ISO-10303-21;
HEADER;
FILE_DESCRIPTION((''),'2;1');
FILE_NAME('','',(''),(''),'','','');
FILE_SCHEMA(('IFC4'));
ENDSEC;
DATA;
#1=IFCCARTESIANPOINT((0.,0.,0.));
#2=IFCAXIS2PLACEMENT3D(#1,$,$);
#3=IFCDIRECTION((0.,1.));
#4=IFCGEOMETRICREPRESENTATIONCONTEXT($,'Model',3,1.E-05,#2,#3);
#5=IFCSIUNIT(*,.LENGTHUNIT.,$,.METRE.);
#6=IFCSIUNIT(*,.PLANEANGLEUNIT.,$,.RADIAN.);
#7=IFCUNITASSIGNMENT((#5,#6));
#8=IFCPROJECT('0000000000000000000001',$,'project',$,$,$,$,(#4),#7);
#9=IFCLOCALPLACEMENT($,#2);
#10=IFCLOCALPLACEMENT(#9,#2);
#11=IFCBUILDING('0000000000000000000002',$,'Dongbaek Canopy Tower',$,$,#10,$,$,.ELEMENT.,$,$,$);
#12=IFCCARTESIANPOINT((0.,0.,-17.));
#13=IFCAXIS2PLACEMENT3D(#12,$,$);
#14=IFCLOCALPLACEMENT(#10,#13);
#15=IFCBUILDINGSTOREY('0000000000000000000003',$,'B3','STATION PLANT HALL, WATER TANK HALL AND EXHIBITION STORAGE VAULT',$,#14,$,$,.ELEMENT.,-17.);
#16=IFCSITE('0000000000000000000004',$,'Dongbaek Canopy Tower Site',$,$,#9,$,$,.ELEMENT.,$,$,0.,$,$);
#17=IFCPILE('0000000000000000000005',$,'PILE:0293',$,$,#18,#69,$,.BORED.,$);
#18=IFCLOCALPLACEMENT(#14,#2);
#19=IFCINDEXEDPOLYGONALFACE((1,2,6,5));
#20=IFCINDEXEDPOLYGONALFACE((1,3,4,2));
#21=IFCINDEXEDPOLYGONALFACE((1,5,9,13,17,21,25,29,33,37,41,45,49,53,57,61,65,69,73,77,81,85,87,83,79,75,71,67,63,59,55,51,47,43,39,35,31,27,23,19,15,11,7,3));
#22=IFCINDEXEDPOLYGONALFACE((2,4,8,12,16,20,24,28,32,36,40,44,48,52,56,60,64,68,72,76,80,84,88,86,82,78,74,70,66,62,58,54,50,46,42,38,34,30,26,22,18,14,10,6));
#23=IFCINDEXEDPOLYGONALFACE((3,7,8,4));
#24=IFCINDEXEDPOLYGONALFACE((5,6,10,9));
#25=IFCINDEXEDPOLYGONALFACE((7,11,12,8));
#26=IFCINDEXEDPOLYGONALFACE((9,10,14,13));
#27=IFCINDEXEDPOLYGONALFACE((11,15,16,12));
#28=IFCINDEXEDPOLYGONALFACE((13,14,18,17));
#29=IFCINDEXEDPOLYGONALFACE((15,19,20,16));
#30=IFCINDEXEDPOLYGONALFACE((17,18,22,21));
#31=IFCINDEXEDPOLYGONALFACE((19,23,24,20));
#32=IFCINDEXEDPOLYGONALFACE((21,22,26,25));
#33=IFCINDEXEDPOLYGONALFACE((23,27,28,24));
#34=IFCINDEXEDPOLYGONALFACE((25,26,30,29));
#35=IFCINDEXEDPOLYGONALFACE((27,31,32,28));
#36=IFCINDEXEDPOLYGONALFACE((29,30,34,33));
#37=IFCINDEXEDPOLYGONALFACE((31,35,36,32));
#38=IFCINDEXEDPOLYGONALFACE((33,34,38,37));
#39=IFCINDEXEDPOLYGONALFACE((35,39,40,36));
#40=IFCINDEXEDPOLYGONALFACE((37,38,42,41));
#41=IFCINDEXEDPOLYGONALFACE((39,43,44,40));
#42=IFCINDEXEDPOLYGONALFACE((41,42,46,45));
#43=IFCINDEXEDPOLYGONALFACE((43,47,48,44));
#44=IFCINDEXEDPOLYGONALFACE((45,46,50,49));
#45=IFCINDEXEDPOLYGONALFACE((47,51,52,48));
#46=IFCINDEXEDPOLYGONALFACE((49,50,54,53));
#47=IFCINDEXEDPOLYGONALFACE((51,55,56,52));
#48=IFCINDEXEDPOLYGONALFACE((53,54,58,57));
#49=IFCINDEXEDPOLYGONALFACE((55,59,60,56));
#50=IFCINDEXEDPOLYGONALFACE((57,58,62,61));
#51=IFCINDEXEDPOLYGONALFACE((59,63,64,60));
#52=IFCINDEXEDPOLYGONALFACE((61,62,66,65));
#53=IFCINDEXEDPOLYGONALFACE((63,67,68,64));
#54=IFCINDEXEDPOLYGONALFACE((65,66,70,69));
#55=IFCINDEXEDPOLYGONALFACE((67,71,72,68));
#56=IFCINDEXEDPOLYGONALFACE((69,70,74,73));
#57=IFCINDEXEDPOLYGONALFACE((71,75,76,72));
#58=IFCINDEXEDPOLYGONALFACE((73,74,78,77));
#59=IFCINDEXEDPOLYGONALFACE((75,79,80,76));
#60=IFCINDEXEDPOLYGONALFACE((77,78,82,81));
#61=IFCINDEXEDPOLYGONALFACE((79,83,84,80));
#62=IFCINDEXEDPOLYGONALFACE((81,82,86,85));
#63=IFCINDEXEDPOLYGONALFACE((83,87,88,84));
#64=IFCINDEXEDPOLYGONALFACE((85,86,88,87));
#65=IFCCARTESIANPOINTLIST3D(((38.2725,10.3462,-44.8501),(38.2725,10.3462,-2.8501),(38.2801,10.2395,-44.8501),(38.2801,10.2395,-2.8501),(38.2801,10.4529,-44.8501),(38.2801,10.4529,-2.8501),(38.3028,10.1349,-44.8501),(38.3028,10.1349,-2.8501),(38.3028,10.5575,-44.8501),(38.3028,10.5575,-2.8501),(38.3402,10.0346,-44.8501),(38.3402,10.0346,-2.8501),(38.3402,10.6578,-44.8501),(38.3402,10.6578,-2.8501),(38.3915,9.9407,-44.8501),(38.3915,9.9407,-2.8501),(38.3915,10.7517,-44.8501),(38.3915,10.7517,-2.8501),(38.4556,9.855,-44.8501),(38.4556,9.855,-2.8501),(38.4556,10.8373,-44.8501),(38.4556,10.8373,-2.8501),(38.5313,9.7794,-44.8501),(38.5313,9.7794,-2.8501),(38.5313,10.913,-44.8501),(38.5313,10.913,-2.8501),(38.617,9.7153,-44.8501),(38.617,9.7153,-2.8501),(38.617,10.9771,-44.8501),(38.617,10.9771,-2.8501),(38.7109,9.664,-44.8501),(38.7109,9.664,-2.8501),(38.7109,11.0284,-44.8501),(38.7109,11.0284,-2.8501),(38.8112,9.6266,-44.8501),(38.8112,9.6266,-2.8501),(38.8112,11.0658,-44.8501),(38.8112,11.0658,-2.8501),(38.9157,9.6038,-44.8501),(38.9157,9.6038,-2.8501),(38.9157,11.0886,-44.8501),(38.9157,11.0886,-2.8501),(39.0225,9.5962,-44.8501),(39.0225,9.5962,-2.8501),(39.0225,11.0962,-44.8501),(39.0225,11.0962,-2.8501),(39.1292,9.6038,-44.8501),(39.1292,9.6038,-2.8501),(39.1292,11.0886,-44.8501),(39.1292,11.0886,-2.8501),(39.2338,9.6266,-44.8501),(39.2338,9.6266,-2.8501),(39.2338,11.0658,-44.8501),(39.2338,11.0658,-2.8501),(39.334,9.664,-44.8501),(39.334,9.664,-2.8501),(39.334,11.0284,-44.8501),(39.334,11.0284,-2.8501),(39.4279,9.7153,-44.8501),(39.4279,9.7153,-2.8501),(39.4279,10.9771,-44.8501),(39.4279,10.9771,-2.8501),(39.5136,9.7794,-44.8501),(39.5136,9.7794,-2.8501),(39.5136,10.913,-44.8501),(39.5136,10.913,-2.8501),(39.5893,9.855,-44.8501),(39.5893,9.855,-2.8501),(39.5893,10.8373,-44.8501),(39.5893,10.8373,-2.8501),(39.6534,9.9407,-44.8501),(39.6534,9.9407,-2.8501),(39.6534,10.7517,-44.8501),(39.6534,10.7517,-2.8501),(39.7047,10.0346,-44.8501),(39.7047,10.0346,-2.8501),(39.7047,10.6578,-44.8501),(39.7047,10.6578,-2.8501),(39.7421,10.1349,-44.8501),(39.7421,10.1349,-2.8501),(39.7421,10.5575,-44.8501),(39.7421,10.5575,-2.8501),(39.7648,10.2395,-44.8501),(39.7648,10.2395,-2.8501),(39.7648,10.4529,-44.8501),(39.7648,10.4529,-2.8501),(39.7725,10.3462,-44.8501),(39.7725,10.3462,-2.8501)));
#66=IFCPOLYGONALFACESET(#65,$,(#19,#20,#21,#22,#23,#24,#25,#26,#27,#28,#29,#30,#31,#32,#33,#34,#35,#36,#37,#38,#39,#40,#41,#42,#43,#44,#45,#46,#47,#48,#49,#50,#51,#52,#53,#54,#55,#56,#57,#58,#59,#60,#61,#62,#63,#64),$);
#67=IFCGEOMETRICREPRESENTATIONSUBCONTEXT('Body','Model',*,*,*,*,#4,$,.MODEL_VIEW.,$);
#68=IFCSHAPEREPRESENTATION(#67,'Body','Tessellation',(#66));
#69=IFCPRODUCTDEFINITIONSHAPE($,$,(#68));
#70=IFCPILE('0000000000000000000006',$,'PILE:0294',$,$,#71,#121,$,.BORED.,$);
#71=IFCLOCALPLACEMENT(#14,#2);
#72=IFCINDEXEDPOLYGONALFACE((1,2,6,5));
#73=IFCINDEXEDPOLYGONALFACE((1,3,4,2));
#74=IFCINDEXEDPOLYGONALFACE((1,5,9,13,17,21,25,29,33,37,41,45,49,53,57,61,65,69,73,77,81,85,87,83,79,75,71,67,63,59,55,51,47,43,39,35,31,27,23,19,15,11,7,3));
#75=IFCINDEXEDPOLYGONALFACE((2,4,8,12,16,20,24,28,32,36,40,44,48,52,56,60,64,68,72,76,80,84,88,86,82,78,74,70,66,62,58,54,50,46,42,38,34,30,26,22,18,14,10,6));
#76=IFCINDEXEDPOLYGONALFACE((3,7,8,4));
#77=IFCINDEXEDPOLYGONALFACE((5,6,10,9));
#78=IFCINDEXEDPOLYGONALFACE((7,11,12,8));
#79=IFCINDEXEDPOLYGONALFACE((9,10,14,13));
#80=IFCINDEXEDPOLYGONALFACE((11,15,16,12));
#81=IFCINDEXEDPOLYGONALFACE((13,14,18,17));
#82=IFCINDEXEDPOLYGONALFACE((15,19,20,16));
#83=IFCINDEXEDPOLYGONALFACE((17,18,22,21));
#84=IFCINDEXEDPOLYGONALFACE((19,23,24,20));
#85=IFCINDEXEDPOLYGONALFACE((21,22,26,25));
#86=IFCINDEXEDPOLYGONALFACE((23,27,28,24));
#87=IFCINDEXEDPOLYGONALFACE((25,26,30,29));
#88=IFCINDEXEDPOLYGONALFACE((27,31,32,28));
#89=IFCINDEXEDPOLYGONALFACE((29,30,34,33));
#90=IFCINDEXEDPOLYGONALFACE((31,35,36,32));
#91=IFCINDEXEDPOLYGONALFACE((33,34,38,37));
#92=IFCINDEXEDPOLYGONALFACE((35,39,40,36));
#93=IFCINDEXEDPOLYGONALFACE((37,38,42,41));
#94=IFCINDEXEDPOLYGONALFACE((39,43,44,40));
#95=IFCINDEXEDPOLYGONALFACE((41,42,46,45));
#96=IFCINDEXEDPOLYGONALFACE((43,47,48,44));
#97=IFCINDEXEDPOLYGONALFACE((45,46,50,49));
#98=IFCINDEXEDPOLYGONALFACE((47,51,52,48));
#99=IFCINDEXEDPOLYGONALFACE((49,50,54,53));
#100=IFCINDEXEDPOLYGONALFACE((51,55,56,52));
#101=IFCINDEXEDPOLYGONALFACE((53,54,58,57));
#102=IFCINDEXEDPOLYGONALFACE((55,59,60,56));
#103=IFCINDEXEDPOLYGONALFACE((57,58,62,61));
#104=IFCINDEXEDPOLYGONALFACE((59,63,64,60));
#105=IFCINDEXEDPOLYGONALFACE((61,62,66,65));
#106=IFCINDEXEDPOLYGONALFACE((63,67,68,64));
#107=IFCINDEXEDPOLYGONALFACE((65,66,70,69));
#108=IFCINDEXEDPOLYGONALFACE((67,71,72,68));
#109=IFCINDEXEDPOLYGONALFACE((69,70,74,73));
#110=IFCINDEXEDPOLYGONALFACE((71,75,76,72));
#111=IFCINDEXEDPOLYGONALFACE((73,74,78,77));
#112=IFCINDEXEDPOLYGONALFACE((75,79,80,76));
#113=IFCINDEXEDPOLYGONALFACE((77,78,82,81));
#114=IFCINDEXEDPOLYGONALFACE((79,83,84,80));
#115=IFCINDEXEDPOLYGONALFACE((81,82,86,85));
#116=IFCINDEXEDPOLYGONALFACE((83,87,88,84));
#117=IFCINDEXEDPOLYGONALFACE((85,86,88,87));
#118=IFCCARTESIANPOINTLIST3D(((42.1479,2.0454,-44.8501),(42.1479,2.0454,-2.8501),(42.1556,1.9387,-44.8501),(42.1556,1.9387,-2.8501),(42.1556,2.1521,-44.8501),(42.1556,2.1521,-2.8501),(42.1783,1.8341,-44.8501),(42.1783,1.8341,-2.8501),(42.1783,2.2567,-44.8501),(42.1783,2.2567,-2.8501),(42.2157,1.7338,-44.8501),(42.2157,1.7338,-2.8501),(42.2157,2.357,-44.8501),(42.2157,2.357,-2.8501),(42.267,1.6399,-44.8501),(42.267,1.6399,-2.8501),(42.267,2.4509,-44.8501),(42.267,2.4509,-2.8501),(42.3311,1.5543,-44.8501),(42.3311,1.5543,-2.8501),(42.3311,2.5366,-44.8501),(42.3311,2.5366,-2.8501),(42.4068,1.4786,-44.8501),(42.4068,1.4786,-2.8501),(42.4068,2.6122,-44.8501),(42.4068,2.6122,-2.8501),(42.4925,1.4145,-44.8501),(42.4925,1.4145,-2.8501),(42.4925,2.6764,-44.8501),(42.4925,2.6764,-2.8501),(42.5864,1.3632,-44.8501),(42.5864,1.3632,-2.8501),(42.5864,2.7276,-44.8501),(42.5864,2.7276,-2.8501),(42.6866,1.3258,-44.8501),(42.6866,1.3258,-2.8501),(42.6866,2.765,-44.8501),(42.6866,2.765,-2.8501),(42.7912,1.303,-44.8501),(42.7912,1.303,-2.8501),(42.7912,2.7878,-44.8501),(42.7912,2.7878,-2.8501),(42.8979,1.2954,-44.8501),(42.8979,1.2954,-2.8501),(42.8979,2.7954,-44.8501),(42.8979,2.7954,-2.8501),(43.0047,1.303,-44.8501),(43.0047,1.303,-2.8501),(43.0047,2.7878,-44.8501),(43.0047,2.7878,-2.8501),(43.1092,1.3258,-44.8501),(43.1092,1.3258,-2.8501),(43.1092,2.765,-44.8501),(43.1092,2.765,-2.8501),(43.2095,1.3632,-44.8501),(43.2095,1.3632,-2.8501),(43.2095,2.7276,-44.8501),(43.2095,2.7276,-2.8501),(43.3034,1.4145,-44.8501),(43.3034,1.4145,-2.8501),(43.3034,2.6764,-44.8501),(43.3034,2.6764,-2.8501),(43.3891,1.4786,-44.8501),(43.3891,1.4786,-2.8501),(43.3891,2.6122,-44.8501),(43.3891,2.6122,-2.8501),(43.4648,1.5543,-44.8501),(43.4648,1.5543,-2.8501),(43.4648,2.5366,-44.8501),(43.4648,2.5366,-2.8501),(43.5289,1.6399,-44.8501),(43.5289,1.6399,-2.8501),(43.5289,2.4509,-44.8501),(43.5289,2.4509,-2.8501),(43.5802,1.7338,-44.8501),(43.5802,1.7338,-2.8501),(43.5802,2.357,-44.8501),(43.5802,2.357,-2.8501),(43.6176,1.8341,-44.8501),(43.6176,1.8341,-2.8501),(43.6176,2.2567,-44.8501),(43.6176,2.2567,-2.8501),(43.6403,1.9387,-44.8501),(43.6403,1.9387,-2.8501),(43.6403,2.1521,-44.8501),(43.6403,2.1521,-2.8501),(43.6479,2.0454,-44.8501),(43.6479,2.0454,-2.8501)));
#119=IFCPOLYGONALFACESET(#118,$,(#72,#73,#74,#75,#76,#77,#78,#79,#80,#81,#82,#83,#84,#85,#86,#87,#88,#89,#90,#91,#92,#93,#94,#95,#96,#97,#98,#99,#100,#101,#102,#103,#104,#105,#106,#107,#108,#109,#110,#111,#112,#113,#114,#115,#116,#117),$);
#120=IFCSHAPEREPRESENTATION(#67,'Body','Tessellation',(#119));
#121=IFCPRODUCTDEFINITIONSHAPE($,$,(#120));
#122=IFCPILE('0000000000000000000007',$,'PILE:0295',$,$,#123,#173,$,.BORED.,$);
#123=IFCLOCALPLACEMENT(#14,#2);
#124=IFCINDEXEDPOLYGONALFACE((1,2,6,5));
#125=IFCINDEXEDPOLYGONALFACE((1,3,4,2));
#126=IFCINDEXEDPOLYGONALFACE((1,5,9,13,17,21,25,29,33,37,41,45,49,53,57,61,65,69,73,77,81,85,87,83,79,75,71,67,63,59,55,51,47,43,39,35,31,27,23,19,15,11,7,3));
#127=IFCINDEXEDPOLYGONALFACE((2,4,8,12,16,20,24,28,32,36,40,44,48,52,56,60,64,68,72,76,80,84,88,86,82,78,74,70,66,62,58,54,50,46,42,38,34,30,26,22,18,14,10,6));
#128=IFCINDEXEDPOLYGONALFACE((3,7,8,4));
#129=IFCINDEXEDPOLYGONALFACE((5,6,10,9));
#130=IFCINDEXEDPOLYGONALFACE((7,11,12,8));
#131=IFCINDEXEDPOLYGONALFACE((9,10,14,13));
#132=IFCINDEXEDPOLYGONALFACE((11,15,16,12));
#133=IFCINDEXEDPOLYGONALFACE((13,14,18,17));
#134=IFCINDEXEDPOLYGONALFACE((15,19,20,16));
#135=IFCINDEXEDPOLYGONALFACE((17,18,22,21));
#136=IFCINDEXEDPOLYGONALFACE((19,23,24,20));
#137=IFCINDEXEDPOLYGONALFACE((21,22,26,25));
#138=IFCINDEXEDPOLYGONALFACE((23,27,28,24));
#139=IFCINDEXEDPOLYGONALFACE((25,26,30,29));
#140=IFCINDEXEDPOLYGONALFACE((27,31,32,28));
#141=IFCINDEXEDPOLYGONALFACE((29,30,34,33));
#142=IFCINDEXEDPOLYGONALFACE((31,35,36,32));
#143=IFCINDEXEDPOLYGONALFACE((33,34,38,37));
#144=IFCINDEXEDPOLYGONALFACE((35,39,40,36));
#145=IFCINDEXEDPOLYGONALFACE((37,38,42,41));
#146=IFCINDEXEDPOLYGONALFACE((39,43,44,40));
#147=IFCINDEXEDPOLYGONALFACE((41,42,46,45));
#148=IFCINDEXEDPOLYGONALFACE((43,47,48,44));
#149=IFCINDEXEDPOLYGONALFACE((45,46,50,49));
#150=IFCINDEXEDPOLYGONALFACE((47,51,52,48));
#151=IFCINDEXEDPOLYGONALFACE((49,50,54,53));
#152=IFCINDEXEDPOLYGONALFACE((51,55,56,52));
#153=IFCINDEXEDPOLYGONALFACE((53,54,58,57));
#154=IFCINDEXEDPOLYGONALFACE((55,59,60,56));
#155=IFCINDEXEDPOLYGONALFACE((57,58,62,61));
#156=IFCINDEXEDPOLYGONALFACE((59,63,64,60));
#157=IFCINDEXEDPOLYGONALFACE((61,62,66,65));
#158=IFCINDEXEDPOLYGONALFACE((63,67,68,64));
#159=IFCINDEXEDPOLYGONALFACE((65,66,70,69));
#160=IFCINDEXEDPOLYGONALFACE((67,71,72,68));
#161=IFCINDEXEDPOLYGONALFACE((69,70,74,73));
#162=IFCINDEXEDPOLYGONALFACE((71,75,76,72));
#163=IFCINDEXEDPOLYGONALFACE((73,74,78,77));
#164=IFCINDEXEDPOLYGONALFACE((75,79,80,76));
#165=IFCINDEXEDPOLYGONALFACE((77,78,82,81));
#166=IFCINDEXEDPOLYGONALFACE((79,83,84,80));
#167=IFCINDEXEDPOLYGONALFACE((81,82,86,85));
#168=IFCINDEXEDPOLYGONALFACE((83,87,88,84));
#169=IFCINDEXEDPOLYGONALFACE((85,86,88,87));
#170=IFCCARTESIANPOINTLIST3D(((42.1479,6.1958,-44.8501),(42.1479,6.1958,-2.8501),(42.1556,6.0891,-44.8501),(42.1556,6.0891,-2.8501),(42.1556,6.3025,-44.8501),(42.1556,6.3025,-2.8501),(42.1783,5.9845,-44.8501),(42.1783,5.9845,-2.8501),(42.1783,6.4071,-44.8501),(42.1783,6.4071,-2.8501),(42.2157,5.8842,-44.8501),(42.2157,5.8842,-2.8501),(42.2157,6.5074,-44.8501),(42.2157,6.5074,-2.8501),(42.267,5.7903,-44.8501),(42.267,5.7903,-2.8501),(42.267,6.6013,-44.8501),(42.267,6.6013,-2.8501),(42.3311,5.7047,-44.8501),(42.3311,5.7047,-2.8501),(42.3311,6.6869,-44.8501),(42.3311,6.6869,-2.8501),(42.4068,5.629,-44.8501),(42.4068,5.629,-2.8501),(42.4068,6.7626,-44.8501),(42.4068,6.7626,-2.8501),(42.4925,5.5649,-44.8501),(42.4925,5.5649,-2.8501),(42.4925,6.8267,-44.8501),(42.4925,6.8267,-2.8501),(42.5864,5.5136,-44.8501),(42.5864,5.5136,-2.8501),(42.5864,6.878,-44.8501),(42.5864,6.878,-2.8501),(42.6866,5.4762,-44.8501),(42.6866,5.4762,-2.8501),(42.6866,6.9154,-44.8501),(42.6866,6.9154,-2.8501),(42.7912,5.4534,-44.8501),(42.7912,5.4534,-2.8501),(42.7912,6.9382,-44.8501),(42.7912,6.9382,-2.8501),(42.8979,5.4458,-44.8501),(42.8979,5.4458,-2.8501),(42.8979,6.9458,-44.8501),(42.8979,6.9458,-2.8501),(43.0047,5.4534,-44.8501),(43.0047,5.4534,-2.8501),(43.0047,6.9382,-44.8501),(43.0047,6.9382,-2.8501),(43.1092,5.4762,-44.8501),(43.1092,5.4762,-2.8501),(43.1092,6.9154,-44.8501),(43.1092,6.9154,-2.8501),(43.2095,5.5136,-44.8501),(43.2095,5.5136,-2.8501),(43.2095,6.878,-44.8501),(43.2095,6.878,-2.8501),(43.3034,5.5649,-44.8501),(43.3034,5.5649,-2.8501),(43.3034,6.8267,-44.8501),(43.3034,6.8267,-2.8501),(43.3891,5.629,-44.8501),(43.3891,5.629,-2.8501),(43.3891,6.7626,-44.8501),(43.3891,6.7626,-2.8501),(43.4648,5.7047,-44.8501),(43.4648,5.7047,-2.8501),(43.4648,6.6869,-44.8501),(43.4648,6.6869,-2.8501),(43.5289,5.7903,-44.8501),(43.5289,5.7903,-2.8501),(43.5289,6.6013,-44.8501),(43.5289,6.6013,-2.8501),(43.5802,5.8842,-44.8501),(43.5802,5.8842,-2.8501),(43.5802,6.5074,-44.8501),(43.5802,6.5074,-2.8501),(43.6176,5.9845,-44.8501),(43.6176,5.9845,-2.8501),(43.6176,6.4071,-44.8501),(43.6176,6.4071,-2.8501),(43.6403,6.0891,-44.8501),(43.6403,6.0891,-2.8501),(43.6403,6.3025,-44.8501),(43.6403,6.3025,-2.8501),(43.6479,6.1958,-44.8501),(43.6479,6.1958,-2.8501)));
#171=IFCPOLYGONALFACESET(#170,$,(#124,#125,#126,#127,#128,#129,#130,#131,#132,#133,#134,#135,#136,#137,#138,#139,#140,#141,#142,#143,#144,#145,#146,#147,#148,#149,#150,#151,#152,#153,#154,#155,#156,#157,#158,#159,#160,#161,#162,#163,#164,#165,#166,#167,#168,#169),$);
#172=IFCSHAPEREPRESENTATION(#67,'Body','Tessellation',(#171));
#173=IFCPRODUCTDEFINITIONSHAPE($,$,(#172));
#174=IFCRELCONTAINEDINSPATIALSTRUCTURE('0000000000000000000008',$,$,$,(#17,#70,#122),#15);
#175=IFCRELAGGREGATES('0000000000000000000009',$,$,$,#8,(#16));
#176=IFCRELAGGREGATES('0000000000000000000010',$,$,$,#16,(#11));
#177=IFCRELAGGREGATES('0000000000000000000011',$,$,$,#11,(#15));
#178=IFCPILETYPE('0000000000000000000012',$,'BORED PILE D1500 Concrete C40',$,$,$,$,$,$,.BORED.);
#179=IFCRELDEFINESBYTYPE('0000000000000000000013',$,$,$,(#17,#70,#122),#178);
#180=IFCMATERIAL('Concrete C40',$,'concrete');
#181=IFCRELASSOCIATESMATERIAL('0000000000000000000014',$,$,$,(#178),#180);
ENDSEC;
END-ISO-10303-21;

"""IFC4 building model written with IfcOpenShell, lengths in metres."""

from ifc_helpers import new_model, si_unit, direction, frame, origin, origin_2d, place, context, subcontext, project, spatial, circle, extrude, material, material_profile, profile_set, type_object, element, save


model = new_model("IFC4")

# Units and contexts
model_context = context("Model", 3, precision=1e-05, world=origin(), true_north=direction((0.0, 1.0)))
body_context = subcontext(model_context, "Body", "Model", "MODEL_VIEW")
ifc_project = project(units=[si_unit("LENGTHUNIT", "METRE"), si_unit("PLANEANGLEUNIT", "RADIAN")], contexts=[model_context])

# Site, building, storey
site_placement = place(None, origin())
site = spatial("IfcSite", under=ifc_project, at=site_placement, Name="Dongbaek Canopy Tower Site", CompositionType="ELEMENT", RefElevation=0.0)
building_placement = place(site_placement, origin())
building = spatial("IfcBuilding", under=site, at=building_placement, Name="Dongbaek Canopy Tower", CompositionType="ELEMENT")
storey_placement = place(building_placement, frame((0.0, 0.0, -17.0)))
storey = spatial("IfcBuildingStorey", under=building, at=storey_placement, Name="B3", Description="STATION PLANT HALL, WATER TANK HALL AND EXHIBITION STORAGE VAULT", CompositionType="ELEMENT", Elevation=-17.0)

# Piles
ifc_material_1 = material(Name="Concrete C40", Category="concrete")
ifc_material_profile_1 = material_profile(ifc_material_1, circle(Radius=0.75, at=origin_2d()), Name="BORED PILE D1500 Concrete C40")
ifc_profile_set_1 = profile_set([ifc_material_profile_1], Name="Concrete C40")
pile_type = type_object("IfcPileType", Name="BORED PILE D1500 Concrete C40", PredefinedType="BORED", material=ifc_profile_set_1)
for number, where, z_axis, x_axis, name in (
    (1, (39.0225, 10.3462, -2.8501), (0.0, 0.0, -1.0), (1.0, 0.0, 0.0), "PILE:0293"),
    (2, (42.8979, 2.0454, -2.8501), (0.0, 0.0, -1.0), (1.0, 0.0, 0.0), "PILE:0294"),
    (3, (42.8979, 6.1958, -2.8501), (0.0, 0.0, -1.0), (1.0, 0.0, 0.0), "PILE:0295"),
):
    element("IfcPile", number, at=place(storey_placement, frame(where, z_axis=z_axis, x_axis=x_axis)), inside=storey, type_object=pile_type, Name=name, PredefinedType="BORED", context=body_context, shape_type="SweptSolid", body=[
        extrude(circle(Radius=0.75, at=origin_2d()), origin(), (0.0, 0.0, 1.0), 42.0),
    ])

save(model, "model.ifc")
